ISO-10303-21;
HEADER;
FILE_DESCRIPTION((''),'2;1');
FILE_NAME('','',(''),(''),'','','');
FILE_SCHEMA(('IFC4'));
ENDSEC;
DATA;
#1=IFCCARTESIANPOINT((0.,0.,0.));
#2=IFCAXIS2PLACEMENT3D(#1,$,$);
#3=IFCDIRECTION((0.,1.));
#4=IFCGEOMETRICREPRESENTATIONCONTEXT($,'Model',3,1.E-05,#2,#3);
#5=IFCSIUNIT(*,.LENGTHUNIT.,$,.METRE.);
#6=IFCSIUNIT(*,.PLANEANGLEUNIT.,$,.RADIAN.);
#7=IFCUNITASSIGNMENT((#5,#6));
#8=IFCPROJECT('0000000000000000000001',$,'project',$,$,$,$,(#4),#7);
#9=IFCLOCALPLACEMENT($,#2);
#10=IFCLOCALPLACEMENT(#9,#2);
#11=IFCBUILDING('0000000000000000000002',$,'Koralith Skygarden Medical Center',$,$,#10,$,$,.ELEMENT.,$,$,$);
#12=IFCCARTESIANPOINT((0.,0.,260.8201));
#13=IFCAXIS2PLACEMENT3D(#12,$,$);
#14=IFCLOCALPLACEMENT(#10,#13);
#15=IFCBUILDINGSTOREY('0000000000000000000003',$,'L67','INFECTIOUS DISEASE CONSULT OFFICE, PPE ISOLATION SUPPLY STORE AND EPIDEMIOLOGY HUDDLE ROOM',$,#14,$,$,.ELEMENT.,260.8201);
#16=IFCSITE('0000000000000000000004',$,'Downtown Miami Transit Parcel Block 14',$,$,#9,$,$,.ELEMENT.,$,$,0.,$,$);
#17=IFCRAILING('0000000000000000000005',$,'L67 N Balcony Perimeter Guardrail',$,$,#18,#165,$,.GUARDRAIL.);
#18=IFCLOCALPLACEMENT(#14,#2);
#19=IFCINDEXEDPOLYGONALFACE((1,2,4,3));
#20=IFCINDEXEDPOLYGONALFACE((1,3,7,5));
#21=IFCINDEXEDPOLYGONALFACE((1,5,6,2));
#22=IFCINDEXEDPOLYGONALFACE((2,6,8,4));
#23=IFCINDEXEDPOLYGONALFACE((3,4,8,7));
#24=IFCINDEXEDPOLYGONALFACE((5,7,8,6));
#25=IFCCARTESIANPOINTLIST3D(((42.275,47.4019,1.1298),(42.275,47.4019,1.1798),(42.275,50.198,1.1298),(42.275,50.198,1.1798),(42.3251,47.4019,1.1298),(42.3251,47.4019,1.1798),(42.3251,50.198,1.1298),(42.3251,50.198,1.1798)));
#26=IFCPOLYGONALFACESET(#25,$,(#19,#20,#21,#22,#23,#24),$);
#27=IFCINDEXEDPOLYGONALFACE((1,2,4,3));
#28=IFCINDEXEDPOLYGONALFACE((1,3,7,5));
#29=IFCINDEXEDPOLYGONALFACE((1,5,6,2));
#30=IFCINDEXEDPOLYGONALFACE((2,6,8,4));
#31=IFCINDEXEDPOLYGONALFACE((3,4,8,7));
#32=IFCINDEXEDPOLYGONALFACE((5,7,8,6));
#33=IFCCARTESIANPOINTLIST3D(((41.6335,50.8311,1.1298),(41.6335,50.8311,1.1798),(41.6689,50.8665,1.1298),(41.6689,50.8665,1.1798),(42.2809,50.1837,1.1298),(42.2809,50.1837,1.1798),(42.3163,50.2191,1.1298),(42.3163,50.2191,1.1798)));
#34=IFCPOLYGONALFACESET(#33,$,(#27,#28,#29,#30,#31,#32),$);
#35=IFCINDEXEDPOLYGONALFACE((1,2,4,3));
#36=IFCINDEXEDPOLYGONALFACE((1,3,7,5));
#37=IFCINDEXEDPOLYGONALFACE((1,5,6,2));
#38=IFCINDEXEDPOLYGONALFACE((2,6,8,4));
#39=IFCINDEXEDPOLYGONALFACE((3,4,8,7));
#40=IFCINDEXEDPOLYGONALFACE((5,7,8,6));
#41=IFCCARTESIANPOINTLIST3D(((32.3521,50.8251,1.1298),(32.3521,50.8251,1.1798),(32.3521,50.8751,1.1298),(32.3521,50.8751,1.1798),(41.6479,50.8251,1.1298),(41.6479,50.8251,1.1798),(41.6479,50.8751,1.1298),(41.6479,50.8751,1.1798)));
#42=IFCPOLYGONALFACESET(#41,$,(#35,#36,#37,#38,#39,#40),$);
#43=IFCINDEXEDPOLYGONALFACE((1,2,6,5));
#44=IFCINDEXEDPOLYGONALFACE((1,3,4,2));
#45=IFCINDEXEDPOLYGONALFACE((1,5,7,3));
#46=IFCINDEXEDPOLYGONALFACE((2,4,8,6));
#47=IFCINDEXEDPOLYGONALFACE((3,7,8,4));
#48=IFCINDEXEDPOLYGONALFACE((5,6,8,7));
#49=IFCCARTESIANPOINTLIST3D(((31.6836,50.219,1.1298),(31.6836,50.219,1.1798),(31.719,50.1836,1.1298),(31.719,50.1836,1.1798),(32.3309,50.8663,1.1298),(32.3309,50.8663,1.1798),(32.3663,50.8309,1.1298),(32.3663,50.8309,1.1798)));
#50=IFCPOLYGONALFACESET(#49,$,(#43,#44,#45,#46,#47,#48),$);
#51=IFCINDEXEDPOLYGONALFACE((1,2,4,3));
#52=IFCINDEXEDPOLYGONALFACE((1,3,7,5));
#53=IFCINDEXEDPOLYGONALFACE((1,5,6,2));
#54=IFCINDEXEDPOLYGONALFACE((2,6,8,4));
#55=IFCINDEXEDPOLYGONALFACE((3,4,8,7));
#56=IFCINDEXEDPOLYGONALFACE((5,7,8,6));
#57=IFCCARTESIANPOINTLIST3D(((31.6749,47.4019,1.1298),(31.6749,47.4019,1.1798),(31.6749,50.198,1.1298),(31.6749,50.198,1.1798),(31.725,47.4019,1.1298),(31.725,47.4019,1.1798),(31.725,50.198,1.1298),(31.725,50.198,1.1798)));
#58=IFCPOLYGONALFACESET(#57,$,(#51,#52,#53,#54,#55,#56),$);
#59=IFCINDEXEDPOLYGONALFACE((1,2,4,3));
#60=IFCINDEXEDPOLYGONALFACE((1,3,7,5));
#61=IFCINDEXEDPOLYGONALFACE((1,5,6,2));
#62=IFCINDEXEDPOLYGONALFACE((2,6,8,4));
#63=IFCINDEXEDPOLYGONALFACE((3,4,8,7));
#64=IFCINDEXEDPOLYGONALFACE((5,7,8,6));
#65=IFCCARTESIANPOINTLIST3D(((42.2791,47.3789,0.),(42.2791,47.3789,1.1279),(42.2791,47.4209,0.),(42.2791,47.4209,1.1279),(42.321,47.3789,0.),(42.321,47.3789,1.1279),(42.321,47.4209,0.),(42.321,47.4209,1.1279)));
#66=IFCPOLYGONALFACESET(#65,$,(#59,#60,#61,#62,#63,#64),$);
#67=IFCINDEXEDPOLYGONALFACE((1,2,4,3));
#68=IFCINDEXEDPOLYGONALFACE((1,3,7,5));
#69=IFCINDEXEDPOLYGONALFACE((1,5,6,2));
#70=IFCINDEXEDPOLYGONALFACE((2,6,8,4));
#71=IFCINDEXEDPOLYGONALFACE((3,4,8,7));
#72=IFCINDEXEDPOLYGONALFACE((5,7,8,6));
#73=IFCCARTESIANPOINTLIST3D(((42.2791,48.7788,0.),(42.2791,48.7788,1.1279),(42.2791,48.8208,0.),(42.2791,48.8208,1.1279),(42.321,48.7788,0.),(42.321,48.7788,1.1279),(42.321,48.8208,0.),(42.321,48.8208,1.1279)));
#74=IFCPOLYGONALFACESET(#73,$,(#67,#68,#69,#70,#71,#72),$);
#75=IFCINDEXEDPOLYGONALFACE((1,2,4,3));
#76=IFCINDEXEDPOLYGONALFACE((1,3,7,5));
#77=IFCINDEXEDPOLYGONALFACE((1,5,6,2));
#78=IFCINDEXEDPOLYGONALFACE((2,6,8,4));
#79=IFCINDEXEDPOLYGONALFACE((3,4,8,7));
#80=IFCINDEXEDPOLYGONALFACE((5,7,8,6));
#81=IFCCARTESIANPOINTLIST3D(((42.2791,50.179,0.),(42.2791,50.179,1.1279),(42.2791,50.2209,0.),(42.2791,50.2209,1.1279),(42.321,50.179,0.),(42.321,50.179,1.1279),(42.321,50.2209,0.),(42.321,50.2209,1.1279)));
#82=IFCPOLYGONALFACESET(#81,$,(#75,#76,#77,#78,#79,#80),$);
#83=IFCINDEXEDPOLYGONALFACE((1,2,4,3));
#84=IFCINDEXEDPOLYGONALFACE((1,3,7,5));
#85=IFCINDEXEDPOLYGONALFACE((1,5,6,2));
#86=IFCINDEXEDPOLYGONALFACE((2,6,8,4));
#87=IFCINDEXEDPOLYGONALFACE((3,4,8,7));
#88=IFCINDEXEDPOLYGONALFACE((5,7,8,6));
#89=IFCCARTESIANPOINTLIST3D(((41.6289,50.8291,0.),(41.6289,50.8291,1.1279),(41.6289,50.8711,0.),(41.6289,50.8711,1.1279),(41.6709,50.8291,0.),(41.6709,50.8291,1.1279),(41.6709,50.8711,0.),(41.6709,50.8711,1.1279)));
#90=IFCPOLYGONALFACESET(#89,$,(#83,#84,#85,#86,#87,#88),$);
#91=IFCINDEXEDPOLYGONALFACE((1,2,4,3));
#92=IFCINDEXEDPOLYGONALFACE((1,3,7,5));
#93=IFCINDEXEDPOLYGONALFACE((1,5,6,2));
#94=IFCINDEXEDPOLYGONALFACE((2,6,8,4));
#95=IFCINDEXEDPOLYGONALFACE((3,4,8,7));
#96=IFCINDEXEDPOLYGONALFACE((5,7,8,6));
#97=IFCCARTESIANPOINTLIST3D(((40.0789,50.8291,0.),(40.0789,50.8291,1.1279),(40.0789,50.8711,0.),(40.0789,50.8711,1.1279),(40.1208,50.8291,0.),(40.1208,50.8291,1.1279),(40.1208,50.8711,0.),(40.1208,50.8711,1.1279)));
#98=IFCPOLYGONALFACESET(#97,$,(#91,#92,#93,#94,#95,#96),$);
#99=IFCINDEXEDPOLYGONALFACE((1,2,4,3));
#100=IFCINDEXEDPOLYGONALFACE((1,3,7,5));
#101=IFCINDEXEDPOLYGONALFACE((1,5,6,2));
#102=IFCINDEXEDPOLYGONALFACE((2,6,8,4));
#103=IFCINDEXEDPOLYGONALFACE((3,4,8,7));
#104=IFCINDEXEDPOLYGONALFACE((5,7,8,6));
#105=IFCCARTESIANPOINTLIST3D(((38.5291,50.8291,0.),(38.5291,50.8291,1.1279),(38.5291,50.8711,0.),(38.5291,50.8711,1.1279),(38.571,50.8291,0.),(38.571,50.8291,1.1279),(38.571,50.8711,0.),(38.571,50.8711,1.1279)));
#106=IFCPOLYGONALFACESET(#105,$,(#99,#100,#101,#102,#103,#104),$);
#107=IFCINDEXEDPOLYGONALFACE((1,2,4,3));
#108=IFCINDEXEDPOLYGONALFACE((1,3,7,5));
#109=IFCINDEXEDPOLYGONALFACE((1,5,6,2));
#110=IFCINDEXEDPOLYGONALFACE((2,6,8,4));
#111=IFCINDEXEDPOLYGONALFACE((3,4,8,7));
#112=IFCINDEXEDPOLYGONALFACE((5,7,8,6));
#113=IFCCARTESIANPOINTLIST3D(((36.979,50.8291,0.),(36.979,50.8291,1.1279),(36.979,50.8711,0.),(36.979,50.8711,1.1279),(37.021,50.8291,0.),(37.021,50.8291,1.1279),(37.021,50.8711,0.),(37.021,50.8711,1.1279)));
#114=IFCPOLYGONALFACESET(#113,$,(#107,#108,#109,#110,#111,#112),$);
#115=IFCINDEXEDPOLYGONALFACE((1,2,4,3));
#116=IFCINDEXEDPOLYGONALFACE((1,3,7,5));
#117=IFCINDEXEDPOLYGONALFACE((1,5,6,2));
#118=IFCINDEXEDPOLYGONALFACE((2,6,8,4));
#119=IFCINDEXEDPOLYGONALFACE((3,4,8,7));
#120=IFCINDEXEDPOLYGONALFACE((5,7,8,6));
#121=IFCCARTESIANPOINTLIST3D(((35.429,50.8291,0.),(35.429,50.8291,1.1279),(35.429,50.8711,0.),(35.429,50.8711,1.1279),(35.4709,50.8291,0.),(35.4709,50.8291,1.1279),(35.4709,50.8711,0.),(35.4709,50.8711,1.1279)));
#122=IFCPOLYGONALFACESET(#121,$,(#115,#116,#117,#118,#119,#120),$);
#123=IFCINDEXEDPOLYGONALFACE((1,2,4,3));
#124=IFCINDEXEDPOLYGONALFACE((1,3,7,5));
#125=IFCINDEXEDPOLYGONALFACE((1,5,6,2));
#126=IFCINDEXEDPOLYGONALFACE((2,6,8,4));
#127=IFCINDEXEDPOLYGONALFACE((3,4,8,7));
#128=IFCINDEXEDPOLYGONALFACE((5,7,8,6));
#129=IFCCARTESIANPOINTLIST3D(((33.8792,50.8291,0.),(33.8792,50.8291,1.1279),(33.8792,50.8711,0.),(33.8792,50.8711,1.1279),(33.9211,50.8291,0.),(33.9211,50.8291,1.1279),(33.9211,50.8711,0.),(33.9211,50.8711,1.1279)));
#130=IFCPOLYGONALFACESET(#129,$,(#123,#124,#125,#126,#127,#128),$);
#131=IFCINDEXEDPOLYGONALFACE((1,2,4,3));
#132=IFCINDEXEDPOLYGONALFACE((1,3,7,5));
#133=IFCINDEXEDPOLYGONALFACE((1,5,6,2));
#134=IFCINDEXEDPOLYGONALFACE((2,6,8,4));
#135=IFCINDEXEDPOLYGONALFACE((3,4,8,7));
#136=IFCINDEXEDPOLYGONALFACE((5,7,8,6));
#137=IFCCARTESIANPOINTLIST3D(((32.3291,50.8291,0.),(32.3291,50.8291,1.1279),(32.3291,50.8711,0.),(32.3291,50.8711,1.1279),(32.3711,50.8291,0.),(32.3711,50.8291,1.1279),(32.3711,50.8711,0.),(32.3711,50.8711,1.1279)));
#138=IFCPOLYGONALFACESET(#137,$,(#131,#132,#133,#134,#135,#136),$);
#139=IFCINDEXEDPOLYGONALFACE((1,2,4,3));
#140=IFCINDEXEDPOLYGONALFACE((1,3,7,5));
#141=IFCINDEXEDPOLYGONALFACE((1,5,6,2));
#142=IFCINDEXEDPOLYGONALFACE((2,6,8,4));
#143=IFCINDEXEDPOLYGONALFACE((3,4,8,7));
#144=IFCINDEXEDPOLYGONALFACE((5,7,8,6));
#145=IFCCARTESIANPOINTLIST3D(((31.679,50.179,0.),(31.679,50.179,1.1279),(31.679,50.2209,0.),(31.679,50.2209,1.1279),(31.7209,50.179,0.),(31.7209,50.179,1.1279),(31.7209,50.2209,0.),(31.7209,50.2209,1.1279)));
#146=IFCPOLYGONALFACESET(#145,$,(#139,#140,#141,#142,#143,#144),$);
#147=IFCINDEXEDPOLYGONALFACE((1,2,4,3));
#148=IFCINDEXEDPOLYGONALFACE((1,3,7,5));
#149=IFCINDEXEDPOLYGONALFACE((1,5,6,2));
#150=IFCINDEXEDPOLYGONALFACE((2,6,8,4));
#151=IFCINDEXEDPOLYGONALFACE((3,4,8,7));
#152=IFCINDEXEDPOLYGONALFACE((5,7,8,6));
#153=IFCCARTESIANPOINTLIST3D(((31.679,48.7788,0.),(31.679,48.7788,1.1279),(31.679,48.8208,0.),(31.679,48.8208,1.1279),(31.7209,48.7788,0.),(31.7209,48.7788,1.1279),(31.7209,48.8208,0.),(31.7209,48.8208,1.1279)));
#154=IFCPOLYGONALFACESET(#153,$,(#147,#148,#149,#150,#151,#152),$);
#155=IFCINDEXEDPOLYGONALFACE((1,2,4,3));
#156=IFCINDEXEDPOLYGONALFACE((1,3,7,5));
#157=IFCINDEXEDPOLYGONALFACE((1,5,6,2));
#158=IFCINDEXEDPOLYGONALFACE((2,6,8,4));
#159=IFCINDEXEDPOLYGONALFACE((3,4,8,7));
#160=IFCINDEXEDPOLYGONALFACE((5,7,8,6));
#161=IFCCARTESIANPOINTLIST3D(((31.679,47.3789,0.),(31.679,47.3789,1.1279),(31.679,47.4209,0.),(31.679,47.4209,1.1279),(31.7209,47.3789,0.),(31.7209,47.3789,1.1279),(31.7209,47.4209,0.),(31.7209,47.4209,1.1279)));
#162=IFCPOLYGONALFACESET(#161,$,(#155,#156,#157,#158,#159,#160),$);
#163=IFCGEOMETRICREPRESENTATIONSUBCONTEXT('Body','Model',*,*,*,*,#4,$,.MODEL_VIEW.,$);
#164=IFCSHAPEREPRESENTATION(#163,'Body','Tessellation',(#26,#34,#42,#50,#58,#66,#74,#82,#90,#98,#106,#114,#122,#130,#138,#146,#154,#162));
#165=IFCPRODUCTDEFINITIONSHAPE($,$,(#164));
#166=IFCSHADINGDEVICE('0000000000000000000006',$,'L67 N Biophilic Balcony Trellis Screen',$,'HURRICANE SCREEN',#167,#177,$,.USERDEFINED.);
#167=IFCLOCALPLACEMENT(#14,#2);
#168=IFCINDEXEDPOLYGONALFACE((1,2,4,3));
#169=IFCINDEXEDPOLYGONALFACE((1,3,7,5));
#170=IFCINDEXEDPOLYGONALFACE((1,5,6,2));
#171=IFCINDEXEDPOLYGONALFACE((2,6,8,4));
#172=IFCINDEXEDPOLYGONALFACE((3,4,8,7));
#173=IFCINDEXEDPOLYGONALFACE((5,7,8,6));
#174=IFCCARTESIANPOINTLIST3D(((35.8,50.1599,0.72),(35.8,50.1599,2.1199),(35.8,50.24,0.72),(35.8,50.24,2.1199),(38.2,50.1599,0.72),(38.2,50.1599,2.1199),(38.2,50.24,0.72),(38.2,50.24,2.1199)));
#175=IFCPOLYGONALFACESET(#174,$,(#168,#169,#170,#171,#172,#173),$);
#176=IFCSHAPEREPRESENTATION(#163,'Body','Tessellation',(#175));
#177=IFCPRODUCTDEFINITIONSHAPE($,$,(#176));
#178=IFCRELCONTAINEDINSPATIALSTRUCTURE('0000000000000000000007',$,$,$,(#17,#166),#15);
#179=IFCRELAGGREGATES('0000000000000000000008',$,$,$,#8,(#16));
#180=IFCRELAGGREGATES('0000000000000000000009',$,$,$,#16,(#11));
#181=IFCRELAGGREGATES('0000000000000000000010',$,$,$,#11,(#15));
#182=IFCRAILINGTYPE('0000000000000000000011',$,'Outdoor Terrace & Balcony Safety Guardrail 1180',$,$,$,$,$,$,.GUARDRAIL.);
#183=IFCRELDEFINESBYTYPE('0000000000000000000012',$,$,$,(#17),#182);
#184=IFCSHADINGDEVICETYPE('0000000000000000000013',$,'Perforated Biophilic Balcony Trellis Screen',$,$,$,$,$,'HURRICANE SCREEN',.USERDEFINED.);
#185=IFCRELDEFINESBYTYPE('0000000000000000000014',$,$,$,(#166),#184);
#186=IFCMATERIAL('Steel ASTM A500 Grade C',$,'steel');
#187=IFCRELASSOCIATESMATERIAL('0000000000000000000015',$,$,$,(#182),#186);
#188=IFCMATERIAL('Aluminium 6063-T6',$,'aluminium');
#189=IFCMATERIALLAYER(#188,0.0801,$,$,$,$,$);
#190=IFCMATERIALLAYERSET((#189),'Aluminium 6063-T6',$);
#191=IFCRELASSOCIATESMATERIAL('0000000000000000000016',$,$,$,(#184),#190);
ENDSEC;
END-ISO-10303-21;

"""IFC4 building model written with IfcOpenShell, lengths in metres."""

from ifc_helpers import new_model, si_unit, direction, frame, origin, origin_2d, place, context, subcontext, project, spatial, rectangle, extrude, material, layer, layer_set, type_object, element, save


model = new_model("IFC4")

# Units and contexts
model_context = context("Model", 3, precision=1e-05, world=origin(), true_north=direction((0.0, 1.0)))
body_context = subcontext(model_context, "Body", "Model", "MODEL_VIEW")
ifc_project = project(units=[si_unit("LENGTHUNIT", "METRE"), si_unit("PLANEANGLEUNIT", "RADIAN")], contexts=[model_context])

# Site, building, storey
site_placement = place(None, origin())
site = spatial("IfcSite", under=ifc_project, at=site_placement, Name="Downtown Miami Transit Parcel Block 14", CompositionType="ELEMENT", RefElevation=0.0)
building_placement = place(site_placement, origin())
building = spatial("IfcBuilding", under=site, at=building_placement, Name="Koralith Skygarden Medical Center", CompositionType="ELEMENT")
storey_placement = place(building_placement, frame((0.0, 0.0, 260.8201)))
storey = spatial("IfcBuildingStorey", under=building, at=storey_placement, Name="L67", Description="INFECTIOUS DISEASE CONSULT OFFICE, PPE ISOLATION SUPPLY STORE AND EPIDEMIOLOGY HUDDLE ROOM", CompositionType="ELEMENT", Elevation=260.8201)

# Shared definitions
ifc_material_1 = material(Name="Aluminium 6063-T6", Category="aluminium")

# Shared definitions
ifc_material_2 = material(Name="Steel ASTM A500 Grade C", Category="steel")

# Railing
railing_type = type_object("IfcRailingType", Name="Outdoor Terrace & Balcony Safety Guardrail 1180", PredefinedType="GUARDRAIL", material=ifc_material_2)
railing_placement = place(storey_placement, frame((42.3, 47.3999, 0.0)))
element("IfcRailing", 1, at=railing_placement, inside=storey, type_object=railing_type, Name="L67 N Balcony Perimeter Guardrail", PredefinedType="GUARDRAIL", context=body_context, shape_type="SweptSolid", body=[
    extrude(rectangle(XDim=0.05, YDim=0.05, at=origin_2d()), frame((0.0, 0.002, 1.1548), z_axis=(0.0, 1.0, 0.0), x_axis=(-1.0, 0.0, 0.0)), (0.0, 0.0, 1.0), 2.7961),
    extrude(rectangle(XDim=0.05, YDim=0.05, at=origin_2d()), frame((-0.0015, 2.8015, 1.1548), z_axis=(-0.707107, 0.707107, 0.0), x_axis=(-0.707107, -0.707107, 0.0)), (0.0, 0.0, 1.0), 0.9155),
    extrude(rectangle(XDim=0.05, YDim=0.05, at=origin_2d()), frame((-0.6521, 3.4502, 1.1548), z_axis=(-1.0, 0.0, 0.0), x_axis=(0.0, -1.0, 0.0)), (0.0, 0.0, 1.0), 9.2959),
    extrude(rectangle(XDim=0.05, YDim=0.05, at=origin_2d()), frame((-9.9514, 3.4487, 1.1548), z_axis=(-0.707107, -0.707107, 0.0), x_axis=(0.707107, -0.707107, 0.0)), (0.0, 0.0, 1.0), 0.9155),
    extrude(rectangle(XDim=0.05, YDim=0.05, at=origin_2d()), frame((-10.6001, 2.7981, 1.1548), z_axis=(0.0, -1.0, 0.0), x_axis=(1.0, 0.0, 0.0)), (0.0, 0.0, 1.0), 2.7961),
    extrude(rectangle(XDim=0.042, YDim=0.042, at=origin_2d()), origin(), (0.0, 0.0, 1.0), 1.1279),
    extrude(rectangle(XDim=0.042, YDim=0.042, at=origin_2d()), frame((0.0, 1.3999, 0.0)), (0.0, 0.0, 1.0), 1.1279),
    extrude(rectangle(XDim=0.042, YDim=0.042, at=origin_2d()), frame((0.0, 2.8, 0.0)), (0.0, 0.0, 1.0), 1.1279),
    extrude(rectangle(XDim=0.042, YDim=0.042, at=origin_2d()), frame((-0.6501, 3.4502, 0.0)), (0.0, 0.0, 1.0), 1.1279),
    extrude(rectangle(XDim=0.042, YDim=0.042, at=origin_2d()), frame((-2.2002, 3.4502, 0.0)), (0.0, 0.0, 1.0), 1.1279),
    extrude(rectangle(XDim=0.042, YDim=0.042, at=origin_2d()), frame((-3.75, 3.4502, 0.0)), (0.0, 0.0, 1.0), 1.1279),
    extrude(rectangle(XDim=0.042, YDim=0.042, at=origin_2d()), frame((-5.3, 3.4502, 0.0)), (0.0, 0.0, 1.0), 1.1279),
    extrude(rectangle(XDim=0.042, YDim=0.042, at=origin_2d()), frame((-6.8501, 3.4502, 0.0)), (0.0, 0.0, 1.0), 1.1279),
    extrude(rectangle(XDim=0.042, YDim=0.042, at=origin_2d()), frame((-8.3999, 3.4502, 0.0)), (0.0, 0.0, 1.0), 1.1279),
    extrude(rectangle(XDim=0.042, YDim=0.042, at=origin_2d()), frame((-9.95, 3.4502, 0.0)), (0.0, 0.0, 1.0), 1.1279),
    extrude(rectangle(XDim=0.042, YDim=0.042, at=origin_2d()), frame((-10.6001, 2.8, 0.0)), (0.0, 0.0, 1.0), 1.1279),
    extrude(rectangle(XDim=0.042, YDim=0.042, at=origin_2d()), frame((-10.6001, 1.3999, 0.0)), (0.0, 0.0, 1.0), 1.1279),
    extrude(rectangle(XDim=0.042, YDim=0.042, at=origin_2d()), frame((-10.6001, 0.0, 0.0)), (0.0, 0.0, 1.0), 1.1279),
])

# Shading device
ifc_layer_1 = layer(ifc_material_1, 0.0801)
ifc_layer_set_1 = layer_set([ifc_layer_1], Name="Aluminium 6063-T6")
shading_device_type = type_object("IfcShadingDeviceType", Name="Perforated Biophilic Balcony Trellis Screen", ElementType="HURRICANE SCREEN", PredefinedType="USERDEFINED", material=ifc_layer_set_1)
shading_device_placement = place(storey_placement, frame((37.0, 50.2, 0.72), z_axis=(0.0, 0.0, 1.0), x_axis=(1.0, 0.0, 0.0)))
element("IfcShadingDevice", 2, at=shading_device_placement, inside=storey, type_object=shading_device_type, Name="L67 N Biophilic Balcony Trellis Screen", ObjectType="HURRICANE SCREEN", PredefinedType="USERDEFINED", context=body_context, shape_type="SweptSolid", body=[
    extrude(rectangle(XDim=2.3999, YDim=0.0801, at=origin_2d()), origin(), (0.0, 0.0, 1.0), 1.3999),
])

save(model, "model.ifc")
